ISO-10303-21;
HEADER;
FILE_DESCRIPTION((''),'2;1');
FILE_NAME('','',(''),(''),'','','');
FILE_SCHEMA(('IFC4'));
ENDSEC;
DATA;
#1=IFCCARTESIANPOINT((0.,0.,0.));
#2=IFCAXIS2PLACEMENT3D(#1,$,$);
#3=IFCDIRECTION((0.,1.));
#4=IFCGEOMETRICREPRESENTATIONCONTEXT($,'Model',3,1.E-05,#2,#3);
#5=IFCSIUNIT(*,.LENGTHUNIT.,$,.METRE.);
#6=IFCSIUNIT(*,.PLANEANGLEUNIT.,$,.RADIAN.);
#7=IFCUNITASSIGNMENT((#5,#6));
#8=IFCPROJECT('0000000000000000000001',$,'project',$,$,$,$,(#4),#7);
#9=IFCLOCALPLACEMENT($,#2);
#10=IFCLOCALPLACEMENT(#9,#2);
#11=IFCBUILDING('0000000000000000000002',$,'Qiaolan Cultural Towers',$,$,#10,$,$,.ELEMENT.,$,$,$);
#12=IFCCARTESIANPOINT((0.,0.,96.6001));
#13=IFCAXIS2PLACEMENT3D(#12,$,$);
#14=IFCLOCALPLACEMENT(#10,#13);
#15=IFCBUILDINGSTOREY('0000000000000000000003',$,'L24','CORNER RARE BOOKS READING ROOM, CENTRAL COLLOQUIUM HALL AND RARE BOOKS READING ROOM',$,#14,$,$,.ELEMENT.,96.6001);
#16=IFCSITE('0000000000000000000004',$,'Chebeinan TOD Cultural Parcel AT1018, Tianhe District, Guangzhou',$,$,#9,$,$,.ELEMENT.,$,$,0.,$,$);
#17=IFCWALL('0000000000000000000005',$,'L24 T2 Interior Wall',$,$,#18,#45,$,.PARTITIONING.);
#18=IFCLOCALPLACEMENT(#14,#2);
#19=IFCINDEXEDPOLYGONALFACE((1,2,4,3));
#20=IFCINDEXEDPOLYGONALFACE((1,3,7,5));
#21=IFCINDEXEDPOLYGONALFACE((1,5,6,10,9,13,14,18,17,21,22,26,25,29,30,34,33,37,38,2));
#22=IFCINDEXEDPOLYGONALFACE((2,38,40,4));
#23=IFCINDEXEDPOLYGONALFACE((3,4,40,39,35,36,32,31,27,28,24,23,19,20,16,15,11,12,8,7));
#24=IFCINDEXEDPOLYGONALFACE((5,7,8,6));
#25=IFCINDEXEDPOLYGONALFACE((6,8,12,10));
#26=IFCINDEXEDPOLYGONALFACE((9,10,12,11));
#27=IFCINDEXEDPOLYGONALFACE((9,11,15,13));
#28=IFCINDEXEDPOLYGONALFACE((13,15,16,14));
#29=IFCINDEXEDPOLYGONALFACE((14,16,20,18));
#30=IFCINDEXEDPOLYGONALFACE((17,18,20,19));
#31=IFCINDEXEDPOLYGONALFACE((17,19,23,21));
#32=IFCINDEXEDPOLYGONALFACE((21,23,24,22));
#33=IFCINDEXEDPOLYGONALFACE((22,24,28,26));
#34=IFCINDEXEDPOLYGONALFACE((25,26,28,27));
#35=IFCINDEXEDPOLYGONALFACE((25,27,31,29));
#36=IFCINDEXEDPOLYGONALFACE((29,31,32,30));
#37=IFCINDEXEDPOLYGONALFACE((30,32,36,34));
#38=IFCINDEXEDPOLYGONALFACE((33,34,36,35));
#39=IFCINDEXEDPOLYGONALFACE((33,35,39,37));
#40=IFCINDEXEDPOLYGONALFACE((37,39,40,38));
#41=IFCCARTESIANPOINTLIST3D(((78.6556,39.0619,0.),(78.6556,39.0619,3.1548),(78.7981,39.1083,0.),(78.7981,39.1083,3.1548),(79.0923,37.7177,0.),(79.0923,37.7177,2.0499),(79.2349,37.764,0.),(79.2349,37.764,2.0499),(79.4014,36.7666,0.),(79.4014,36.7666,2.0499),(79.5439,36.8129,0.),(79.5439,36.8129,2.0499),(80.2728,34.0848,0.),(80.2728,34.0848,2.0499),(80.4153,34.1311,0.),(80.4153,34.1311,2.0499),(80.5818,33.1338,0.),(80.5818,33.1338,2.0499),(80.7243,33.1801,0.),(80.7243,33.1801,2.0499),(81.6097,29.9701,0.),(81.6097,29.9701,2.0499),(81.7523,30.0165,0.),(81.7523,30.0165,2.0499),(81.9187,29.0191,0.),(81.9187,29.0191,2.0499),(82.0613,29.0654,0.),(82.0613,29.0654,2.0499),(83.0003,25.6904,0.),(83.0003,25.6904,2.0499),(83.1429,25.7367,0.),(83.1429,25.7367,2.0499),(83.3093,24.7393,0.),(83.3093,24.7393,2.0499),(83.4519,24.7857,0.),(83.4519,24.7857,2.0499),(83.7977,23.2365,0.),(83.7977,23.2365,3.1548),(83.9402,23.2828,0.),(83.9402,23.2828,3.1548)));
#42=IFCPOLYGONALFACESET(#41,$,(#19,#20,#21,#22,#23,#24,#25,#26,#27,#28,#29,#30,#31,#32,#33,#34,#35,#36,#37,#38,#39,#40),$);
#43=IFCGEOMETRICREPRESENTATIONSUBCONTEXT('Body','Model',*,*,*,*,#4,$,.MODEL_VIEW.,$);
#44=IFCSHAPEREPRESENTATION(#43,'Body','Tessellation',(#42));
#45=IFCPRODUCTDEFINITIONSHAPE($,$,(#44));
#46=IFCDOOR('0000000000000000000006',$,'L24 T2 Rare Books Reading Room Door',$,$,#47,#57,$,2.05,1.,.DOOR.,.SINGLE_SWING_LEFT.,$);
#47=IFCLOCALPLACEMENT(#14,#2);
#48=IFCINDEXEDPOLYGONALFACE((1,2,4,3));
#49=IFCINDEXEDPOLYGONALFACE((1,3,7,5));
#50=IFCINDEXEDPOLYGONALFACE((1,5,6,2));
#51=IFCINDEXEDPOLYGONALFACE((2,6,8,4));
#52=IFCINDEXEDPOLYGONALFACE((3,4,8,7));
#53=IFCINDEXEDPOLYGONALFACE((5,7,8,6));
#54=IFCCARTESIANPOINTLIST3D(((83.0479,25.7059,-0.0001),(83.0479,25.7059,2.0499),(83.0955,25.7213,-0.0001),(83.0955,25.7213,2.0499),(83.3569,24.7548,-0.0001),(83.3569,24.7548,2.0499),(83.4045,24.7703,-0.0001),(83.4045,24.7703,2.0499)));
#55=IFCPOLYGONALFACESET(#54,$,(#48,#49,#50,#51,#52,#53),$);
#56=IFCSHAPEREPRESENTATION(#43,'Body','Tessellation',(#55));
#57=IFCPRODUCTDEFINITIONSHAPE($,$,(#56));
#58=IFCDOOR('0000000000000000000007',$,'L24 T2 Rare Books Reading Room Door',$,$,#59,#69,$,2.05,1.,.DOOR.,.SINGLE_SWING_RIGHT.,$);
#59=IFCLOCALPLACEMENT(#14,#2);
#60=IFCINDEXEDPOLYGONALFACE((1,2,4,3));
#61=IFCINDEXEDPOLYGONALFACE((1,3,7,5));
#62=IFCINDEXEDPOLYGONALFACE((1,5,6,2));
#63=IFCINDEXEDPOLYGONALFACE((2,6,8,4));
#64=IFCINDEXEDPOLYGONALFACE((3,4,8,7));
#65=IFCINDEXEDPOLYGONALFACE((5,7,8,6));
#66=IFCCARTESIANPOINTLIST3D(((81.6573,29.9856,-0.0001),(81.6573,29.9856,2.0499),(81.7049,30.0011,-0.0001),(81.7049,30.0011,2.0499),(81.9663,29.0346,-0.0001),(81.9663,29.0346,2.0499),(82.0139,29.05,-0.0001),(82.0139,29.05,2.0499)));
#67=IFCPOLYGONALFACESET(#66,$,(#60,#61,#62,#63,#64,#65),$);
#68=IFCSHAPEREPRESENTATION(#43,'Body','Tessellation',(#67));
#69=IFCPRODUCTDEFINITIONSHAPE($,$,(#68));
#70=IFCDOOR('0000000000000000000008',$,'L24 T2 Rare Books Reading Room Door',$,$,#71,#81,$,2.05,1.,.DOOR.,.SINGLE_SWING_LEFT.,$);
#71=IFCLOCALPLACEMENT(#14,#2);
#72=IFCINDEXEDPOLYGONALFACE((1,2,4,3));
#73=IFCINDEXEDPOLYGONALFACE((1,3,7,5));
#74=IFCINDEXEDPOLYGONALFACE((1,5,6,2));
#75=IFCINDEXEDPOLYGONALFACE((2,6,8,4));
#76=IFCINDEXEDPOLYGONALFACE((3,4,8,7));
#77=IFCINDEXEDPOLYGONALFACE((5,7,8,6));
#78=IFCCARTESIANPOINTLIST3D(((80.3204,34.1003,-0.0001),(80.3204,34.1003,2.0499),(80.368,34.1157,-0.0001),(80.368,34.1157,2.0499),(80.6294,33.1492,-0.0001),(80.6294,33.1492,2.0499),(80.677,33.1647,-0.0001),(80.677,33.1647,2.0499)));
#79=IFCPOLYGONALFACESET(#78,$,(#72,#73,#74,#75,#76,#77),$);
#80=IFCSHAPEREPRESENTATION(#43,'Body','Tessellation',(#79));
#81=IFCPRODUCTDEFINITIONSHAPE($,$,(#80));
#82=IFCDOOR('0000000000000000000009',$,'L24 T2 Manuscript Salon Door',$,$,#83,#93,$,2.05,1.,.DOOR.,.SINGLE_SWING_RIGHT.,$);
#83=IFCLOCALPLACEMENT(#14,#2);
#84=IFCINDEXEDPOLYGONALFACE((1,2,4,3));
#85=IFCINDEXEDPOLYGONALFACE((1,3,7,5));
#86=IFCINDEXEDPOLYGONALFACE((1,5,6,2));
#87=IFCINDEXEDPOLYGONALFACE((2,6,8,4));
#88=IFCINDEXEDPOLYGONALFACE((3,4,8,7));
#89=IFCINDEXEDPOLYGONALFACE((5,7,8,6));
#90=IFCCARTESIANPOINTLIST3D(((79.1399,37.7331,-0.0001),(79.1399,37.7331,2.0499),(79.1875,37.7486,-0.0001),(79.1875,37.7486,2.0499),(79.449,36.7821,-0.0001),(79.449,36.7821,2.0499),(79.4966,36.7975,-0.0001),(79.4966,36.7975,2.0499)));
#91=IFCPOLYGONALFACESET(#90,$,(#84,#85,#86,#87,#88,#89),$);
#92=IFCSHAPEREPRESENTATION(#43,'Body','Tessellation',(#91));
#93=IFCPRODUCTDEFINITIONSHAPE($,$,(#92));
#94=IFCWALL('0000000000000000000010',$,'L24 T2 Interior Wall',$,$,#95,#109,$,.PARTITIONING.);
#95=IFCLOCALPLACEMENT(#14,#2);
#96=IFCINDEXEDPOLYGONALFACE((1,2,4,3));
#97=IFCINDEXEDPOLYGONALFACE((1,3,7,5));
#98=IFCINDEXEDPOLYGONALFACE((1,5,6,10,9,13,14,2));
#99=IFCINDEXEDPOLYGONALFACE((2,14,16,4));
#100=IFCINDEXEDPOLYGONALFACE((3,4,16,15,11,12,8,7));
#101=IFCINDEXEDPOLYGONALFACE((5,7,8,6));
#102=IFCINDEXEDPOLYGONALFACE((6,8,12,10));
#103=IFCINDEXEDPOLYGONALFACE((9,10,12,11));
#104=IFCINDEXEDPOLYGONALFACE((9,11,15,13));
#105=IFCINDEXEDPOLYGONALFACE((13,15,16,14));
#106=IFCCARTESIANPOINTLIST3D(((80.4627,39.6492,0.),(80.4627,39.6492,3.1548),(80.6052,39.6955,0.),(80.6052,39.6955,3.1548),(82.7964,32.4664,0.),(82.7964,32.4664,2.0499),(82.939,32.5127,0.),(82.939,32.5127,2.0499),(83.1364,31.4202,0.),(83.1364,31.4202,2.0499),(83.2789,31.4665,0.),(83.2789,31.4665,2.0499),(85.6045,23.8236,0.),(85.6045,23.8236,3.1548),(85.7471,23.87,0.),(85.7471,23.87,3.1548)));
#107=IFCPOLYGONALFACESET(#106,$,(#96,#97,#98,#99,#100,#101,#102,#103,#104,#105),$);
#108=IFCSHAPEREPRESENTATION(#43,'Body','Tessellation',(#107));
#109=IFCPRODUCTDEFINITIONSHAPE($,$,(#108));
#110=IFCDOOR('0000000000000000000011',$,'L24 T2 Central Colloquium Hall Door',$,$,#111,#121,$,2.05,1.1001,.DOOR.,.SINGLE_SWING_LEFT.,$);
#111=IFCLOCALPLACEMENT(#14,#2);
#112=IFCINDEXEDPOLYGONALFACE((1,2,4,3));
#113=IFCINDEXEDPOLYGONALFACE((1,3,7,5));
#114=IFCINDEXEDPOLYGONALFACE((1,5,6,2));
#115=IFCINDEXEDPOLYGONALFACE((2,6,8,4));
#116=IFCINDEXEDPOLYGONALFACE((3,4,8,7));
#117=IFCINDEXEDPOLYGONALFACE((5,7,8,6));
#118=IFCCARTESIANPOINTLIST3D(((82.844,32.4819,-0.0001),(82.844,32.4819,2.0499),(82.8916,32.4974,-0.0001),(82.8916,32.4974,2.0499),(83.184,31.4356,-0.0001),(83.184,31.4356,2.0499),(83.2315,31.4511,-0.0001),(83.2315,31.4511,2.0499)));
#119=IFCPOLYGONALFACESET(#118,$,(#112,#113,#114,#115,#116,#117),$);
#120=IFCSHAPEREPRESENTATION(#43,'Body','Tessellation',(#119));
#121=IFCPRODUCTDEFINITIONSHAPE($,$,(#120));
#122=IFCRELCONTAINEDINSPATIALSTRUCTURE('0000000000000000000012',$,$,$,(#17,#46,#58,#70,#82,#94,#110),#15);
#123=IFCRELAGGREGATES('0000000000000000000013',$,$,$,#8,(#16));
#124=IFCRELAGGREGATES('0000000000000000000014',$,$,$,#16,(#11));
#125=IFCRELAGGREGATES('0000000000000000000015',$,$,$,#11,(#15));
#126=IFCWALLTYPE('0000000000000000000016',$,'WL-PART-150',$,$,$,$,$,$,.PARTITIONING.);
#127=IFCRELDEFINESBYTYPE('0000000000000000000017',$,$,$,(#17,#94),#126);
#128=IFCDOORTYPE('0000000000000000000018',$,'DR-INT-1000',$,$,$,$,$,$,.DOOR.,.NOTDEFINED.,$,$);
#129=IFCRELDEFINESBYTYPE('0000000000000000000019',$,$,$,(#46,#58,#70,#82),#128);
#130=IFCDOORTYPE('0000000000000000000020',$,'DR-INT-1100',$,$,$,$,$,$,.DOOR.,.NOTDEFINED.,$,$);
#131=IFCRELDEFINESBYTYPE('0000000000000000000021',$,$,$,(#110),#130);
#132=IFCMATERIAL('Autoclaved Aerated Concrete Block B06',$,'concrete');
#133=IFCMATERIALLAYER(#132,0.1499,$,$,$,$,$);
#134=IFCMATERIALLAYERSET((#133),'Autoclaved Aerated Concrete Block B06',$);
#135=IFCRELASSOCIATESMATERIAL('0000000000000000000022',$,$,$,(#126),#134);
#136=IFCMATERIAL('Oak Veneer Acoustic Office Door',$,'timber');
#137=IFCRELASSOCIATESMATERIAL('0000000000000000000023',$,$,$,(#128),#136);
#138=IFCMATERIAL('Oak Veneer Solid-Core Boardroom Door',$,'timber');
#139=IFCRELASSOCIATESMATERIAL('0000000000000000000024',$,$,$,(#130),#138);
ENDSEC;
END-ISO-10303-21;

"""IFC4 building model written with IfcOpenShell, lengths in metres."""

from ifc_helpers import new_model, si_unit, direction, frame, frame_2d, origin, place, context, subcontext, project, spatial, rectangle, extrude, material, layer, layer_set, type_object, element, fill, save


model = new_model("IFC4")

# Units and contexts
model_context = context("Model", 3, precision=1e-05, world=origin(), true_north=direction((0.0, 1.0)))
body_context = subcontext(model_context, "Body", "Model", "MODEL_VIEW")
ifc_project = project(units=[si_unit("LENGTHUNIT", "METRE"), si_unit("PLANEANGLEUNIT", "RADIAN")], contexts=[model_context])

# Site, building, storey
site_placement = place(None, origin())
site = spatial("IfcSite", under=ifc_project, at=site_placement, Name="Chebeinan TOD Cultural Parcel AT1018, Tianhe District, Guangzhou", CompositionType="ELEMENT", RefElevation=0.0)
building_placement = place(site_placement, origin())
building = spatial("IfcBuilding", under=site, at=building_placement, Name="Qiaolan Cultural Towers", CompositionType="ELEMENT")
storey_placement = place(building_placement, frame((0.0, 0.0, 96.6001)))
storey = spatial("IfcBuildingStorey", under=building, at=storey_placement, Name="L24", Description="CORNER RARE BOOKS READING ROOM, CENTRAL COLLOQUIUM HALL AND RARE BOOKS READING ROOM", CompositionType="ELEMENT", Elevation=96.6001)

# Shared definitions
ifc_material_1 = material(Name="Autoclaved Aerated Concrete Block B06", Category="concrete")
ifc_layer_1 = layer(ifc_material_1, 0.1499)
ifc_layer_set_1 = layer_set([ifc_layer_1], Name="Autoclaved Aerated Concrete Block B06")
wall_type_1 = type_object("IfcWallType", Name="WL-PART-150", PredefinedType="PARTITIONING", material=ifc_layer_set_1)

# Shared definitions
ifc_material_2 = material(Name="Oak Veneer Acoustic Office Door", Category="timber")
door_type_1 = type_object("IfcDoorType", Name="DR-INT-1000", OperationType="NOTDEFINED", PredefinedType="DOOR", material=ifc_material_2)

# Wall, openings, doors
wall_1_placement = place(storey_placement, frame((83.8689, 23.2598, 0.0), z_axis=(0.0, 0.0, 1.0), x_axis=(-0.309022, 0.951055, 0.0)))
wall_1 = element("IfcWall", 1, at=wall_1_placement, inside=storey, type_object=wall_type_1, Name="L24 T2 Interior Wall", PredefinedType="PARTITIONING", context=body_context, shape_type="SweptSolid", body=[
    extrude(rectangle(XDim=16.6399, YDim=0.1499, at=frame_2d((8.3198, 0.0))), origin(), (0.0, 0.0, 1.0), 3.1548),
])
opening_1_placement = place(wall_1_placement, frame((1.5801, 0.0, 0.0)))
opening_1 = element("IfcOpeningElement", 2, at=opening_1_placement, cuts=wall_1, PredefinedType="OPENING", context=body_context, shape_type="SweptSolid", body=[
    extrude(rectangle(XDim=1.0, YDim=2.05, at=frame_2d((0.5, 1.0249))), frame((0.0, 0.085, 0.0), z_axis=(0.0, -1.0, 0.0), x_axis=(1.0, 0.0, 0.0)), (0.0, 0.0, 1.0), 0.1699),
])
opening_2_placement = place(wall_1_placement, frame((6.0801, 0.0, 0.0)))
opening_2 = element("IfcOpeningElement", 3, at=opening_2_placement, cuts=wall_1, PredefinedType="OPENING", context=body_context, shape_type="SweptSolid", body=[
    extrude(rectangle(XDim=1.0, YDim=2.05, at=frame_2d((0.5, 1.0249))), frame((0.0, 0.085, 0.0), z_axis=(0.0, -1.0, 0.0), x_axis=(1.0, 0.0, 0.0)), (0.0, 0.0, 1.0), 0.1699),
])
opening_3_placement = place(wall_1_placement, frame((10.4065, 0.0, 0.0)))
opening_3 = element("IfcOpeningElement", 4, at=opening_3_placement, cuts=wall_1, PredefinedType="OPENING", context=body_context, shape_type="SweptSolid", body=[
    extrude(rectangle(XDim=1.0, YDim=2.05, at=frame_2d((0.5, 1.0249))), frame((0.0, 0.085, 0.0), z_axis=(0.0, -1.0, 0.0), x_axis=(1.0, 0.0, 0.0)), (0.0, 0.0, 1.0), 0.1699),
])
opening_4_placement = place(wall_1_placement, frame((14.2263, 0.0, 0.0)))
opening_4 = element("IfcOpeningElement", 5, at=opening_4_placement, cuts=wall_1, PredefinedType="OPENING", context=body_context, shape_type="SweptSolid", body=[
    extrude(rectangle(XDim=1.0, YDim=2.05, at=frame_2d((0.5, 1.0249))), frame((0.0, 0.085, 0.0), z_axis=(0.0, -1.0, 0.0), x_axis=(1.0, 0.0, 0.0)), (0.0, 0.0, 1.0), 0.1699),
])
door_1_placement = place(opening_1_placement, origin())
door_1 = element("IfcDoor", 6, at=door_1_placement, inside=storey, type_object=door_type_1, Name="L24 T2 Rare Books Reading Room Door", OperationType="SINGLE_SWING_LEFT", OverallHeight=2.05, OverallWidth=1.0, PredefinedType="DOOR", context=body_context, shape_type="SweptSolid", body=[
    extrude(rectangle(XDim=1.0, YDim=2.05, at=frame_2d((0.5, 1.0249))), frame((0.0, 0.0249, 0.0), z_axis=(0.0, -1.0, 0.0), x_axis=(1.0, 0.0, 0.0)), (0.0, 0.0, 1.0), 0.05),
])
fill(opening_1, door_1)
door_2_placement = place(opening_2_placement, origin())
door_2 = element("IfcDoor", 7, at=door_2_placement, inside=storey, type_object=door_type_1, Name="L24 T2 Rare Books Reading Room Door", OperationType="SINGLE_SWING_RIGHT", OverallHeight=2.05, OverallWidth=1.0, PredefinedType="DOOR", context=body_context, shape_type="SweptSolid", body=[
    extrude(rectangle(XDim=1.0, YDim=2.05, at=frame_2d((0.5, 1.0249))), frame((0.0, 0.0249, 0.0), z_axis=(0.0, -1.0, 0.0), x_axis=(1.0, 0.0, 0.0)), (0.0, 0.0, 1.0), 0.05),
])
fill(opening_2, door_2)
door_3_placement = place(opening_3_placement, origin())
door_3 = element("IfcDoor", 8, at=door_3_placement, inside=storey, type_object=door_type_1, Name="L24 T2 Rare Books Reading Room Door", OperationType="SINGLE_SWING_LEFT", OverallHeight=2.05, OverallWidth=1.0, PredefinedType="DOOR", context=body_context, shape_type="SweptSolid", body=[
    extrude(rectangle(XDim=1.0, YDim=2.05, at=frame_2d((0.5, 1.0249))), frame((0.0, 0.0249, 0.0), z_axis=(0.0, -1.0, 0.0), x_axis=(1.0, 0.0, 0.0)), (0.0, 0.0, 1.0), 0.05),
])
fill(opening_3, door_3)
door_4_placement = place(opening_4_placement, origin())
door_4 = element("IfcDoor", 9, at=door_4_placement, inside=storey, type_object=door_type_1, Name="L24 T2 Manuscript Salon Door", OperationType="SINGLE_SWING_RIGHT", OverallHeight=2.05, OverallWidth=1.0, PredefinedType="DOOR", context=body_context, shape_type="SweptSolid", body=[
    extrude(rectangle(XDim=1.0, YDim=2.05, at=frame_2d((0.5, 1.0249))), frame((0.0, 0.0249, 0.0), z_axis=(0.0, -1.0, 0.0), x_axis=(1.0, 0.0, 0.0)), (0.0, 0.0, 1.0), 0.05),
])
fill(opening_4, door_4)

# Wall, opening, door
wall_2_placement = place(storey_placement, frame((85.6758, 23.8469, 0.0), z_axis=(0.0, 0.0, 1.0), x_axis=(-0.309009, 0.951059, 0.0)))
wall_2 = element("IfcWall", 10, at=wall_2_placement, inside=storey, type_object=wall_type_1, Name="L24 T2 Interior Wall", PredefinedType="PARTITIONING", context=body_context, shape_type="SweptSolid", body=[
    extrude(rectangle(XDim=16.6399, YDim=0.1499, at=frame_2d((8.3198, 0.0))), origin(), (0.0, 0.0, 1.0), 3.1548),
])
opening_5_placement = place(wall_2_placement, frame((7.9873, 0.0, 0.0)))
opening_5 = element("IfcOpeningElement", 11, at=opening_5_placement, cuts=wall_2, PredefinedType="OPENING", context=body_context, shape_type="SweptSolid", body=[
    extrude(rectangle(XDim=1.1001, YDim=2.05, at=frame_2d((0.55, 1.0249))), frame((0.0, 0.085, 0.0), z_axis=(0.0, -1.0, 0.0), x_axis=(1.0, 0.0, 0.0)), (0.0, 0.0, 1.0), 0.1699),
])
ifc_material_3 = material(Name="Oak Veneer Solid-Core Boardroom Door", Category="timber")
door_type_2 = type_object("IfcDoorType", Name="DR-INT-1100", OperationType="NOTDEFINED", PredefinedType="DOOR", material=ifc_material_3)
door_5_placement = place(opening_5_placement, origin())
door_5 = element("IfcDoor", 12, at=door_5_placement, inside=storey, type_object=door_type_2, Name="L24 T2 Central Colloquium Hall Door", OperationType="SINGLE_SWING_LEFT", OverallHeight=2.05, OverallWidth=1.1001, PredefinedType="DOOR", context=body_context, shape_type="SweptSolid", body=[
    extrude(rectangle(XDim=1.1001, YDim=2.05, at=frame_2d((0.55, 1.0249))), frame((0.0, 0.0249, 0.0), z_axis=(0.0, -1.0, 0.0), x_axis=(1.0, 0.0, 0.0)), (0.0, 0.0, 1.0), 0.05),
])
fill(opening_5, door_5)

save(model, "model.ifc")
